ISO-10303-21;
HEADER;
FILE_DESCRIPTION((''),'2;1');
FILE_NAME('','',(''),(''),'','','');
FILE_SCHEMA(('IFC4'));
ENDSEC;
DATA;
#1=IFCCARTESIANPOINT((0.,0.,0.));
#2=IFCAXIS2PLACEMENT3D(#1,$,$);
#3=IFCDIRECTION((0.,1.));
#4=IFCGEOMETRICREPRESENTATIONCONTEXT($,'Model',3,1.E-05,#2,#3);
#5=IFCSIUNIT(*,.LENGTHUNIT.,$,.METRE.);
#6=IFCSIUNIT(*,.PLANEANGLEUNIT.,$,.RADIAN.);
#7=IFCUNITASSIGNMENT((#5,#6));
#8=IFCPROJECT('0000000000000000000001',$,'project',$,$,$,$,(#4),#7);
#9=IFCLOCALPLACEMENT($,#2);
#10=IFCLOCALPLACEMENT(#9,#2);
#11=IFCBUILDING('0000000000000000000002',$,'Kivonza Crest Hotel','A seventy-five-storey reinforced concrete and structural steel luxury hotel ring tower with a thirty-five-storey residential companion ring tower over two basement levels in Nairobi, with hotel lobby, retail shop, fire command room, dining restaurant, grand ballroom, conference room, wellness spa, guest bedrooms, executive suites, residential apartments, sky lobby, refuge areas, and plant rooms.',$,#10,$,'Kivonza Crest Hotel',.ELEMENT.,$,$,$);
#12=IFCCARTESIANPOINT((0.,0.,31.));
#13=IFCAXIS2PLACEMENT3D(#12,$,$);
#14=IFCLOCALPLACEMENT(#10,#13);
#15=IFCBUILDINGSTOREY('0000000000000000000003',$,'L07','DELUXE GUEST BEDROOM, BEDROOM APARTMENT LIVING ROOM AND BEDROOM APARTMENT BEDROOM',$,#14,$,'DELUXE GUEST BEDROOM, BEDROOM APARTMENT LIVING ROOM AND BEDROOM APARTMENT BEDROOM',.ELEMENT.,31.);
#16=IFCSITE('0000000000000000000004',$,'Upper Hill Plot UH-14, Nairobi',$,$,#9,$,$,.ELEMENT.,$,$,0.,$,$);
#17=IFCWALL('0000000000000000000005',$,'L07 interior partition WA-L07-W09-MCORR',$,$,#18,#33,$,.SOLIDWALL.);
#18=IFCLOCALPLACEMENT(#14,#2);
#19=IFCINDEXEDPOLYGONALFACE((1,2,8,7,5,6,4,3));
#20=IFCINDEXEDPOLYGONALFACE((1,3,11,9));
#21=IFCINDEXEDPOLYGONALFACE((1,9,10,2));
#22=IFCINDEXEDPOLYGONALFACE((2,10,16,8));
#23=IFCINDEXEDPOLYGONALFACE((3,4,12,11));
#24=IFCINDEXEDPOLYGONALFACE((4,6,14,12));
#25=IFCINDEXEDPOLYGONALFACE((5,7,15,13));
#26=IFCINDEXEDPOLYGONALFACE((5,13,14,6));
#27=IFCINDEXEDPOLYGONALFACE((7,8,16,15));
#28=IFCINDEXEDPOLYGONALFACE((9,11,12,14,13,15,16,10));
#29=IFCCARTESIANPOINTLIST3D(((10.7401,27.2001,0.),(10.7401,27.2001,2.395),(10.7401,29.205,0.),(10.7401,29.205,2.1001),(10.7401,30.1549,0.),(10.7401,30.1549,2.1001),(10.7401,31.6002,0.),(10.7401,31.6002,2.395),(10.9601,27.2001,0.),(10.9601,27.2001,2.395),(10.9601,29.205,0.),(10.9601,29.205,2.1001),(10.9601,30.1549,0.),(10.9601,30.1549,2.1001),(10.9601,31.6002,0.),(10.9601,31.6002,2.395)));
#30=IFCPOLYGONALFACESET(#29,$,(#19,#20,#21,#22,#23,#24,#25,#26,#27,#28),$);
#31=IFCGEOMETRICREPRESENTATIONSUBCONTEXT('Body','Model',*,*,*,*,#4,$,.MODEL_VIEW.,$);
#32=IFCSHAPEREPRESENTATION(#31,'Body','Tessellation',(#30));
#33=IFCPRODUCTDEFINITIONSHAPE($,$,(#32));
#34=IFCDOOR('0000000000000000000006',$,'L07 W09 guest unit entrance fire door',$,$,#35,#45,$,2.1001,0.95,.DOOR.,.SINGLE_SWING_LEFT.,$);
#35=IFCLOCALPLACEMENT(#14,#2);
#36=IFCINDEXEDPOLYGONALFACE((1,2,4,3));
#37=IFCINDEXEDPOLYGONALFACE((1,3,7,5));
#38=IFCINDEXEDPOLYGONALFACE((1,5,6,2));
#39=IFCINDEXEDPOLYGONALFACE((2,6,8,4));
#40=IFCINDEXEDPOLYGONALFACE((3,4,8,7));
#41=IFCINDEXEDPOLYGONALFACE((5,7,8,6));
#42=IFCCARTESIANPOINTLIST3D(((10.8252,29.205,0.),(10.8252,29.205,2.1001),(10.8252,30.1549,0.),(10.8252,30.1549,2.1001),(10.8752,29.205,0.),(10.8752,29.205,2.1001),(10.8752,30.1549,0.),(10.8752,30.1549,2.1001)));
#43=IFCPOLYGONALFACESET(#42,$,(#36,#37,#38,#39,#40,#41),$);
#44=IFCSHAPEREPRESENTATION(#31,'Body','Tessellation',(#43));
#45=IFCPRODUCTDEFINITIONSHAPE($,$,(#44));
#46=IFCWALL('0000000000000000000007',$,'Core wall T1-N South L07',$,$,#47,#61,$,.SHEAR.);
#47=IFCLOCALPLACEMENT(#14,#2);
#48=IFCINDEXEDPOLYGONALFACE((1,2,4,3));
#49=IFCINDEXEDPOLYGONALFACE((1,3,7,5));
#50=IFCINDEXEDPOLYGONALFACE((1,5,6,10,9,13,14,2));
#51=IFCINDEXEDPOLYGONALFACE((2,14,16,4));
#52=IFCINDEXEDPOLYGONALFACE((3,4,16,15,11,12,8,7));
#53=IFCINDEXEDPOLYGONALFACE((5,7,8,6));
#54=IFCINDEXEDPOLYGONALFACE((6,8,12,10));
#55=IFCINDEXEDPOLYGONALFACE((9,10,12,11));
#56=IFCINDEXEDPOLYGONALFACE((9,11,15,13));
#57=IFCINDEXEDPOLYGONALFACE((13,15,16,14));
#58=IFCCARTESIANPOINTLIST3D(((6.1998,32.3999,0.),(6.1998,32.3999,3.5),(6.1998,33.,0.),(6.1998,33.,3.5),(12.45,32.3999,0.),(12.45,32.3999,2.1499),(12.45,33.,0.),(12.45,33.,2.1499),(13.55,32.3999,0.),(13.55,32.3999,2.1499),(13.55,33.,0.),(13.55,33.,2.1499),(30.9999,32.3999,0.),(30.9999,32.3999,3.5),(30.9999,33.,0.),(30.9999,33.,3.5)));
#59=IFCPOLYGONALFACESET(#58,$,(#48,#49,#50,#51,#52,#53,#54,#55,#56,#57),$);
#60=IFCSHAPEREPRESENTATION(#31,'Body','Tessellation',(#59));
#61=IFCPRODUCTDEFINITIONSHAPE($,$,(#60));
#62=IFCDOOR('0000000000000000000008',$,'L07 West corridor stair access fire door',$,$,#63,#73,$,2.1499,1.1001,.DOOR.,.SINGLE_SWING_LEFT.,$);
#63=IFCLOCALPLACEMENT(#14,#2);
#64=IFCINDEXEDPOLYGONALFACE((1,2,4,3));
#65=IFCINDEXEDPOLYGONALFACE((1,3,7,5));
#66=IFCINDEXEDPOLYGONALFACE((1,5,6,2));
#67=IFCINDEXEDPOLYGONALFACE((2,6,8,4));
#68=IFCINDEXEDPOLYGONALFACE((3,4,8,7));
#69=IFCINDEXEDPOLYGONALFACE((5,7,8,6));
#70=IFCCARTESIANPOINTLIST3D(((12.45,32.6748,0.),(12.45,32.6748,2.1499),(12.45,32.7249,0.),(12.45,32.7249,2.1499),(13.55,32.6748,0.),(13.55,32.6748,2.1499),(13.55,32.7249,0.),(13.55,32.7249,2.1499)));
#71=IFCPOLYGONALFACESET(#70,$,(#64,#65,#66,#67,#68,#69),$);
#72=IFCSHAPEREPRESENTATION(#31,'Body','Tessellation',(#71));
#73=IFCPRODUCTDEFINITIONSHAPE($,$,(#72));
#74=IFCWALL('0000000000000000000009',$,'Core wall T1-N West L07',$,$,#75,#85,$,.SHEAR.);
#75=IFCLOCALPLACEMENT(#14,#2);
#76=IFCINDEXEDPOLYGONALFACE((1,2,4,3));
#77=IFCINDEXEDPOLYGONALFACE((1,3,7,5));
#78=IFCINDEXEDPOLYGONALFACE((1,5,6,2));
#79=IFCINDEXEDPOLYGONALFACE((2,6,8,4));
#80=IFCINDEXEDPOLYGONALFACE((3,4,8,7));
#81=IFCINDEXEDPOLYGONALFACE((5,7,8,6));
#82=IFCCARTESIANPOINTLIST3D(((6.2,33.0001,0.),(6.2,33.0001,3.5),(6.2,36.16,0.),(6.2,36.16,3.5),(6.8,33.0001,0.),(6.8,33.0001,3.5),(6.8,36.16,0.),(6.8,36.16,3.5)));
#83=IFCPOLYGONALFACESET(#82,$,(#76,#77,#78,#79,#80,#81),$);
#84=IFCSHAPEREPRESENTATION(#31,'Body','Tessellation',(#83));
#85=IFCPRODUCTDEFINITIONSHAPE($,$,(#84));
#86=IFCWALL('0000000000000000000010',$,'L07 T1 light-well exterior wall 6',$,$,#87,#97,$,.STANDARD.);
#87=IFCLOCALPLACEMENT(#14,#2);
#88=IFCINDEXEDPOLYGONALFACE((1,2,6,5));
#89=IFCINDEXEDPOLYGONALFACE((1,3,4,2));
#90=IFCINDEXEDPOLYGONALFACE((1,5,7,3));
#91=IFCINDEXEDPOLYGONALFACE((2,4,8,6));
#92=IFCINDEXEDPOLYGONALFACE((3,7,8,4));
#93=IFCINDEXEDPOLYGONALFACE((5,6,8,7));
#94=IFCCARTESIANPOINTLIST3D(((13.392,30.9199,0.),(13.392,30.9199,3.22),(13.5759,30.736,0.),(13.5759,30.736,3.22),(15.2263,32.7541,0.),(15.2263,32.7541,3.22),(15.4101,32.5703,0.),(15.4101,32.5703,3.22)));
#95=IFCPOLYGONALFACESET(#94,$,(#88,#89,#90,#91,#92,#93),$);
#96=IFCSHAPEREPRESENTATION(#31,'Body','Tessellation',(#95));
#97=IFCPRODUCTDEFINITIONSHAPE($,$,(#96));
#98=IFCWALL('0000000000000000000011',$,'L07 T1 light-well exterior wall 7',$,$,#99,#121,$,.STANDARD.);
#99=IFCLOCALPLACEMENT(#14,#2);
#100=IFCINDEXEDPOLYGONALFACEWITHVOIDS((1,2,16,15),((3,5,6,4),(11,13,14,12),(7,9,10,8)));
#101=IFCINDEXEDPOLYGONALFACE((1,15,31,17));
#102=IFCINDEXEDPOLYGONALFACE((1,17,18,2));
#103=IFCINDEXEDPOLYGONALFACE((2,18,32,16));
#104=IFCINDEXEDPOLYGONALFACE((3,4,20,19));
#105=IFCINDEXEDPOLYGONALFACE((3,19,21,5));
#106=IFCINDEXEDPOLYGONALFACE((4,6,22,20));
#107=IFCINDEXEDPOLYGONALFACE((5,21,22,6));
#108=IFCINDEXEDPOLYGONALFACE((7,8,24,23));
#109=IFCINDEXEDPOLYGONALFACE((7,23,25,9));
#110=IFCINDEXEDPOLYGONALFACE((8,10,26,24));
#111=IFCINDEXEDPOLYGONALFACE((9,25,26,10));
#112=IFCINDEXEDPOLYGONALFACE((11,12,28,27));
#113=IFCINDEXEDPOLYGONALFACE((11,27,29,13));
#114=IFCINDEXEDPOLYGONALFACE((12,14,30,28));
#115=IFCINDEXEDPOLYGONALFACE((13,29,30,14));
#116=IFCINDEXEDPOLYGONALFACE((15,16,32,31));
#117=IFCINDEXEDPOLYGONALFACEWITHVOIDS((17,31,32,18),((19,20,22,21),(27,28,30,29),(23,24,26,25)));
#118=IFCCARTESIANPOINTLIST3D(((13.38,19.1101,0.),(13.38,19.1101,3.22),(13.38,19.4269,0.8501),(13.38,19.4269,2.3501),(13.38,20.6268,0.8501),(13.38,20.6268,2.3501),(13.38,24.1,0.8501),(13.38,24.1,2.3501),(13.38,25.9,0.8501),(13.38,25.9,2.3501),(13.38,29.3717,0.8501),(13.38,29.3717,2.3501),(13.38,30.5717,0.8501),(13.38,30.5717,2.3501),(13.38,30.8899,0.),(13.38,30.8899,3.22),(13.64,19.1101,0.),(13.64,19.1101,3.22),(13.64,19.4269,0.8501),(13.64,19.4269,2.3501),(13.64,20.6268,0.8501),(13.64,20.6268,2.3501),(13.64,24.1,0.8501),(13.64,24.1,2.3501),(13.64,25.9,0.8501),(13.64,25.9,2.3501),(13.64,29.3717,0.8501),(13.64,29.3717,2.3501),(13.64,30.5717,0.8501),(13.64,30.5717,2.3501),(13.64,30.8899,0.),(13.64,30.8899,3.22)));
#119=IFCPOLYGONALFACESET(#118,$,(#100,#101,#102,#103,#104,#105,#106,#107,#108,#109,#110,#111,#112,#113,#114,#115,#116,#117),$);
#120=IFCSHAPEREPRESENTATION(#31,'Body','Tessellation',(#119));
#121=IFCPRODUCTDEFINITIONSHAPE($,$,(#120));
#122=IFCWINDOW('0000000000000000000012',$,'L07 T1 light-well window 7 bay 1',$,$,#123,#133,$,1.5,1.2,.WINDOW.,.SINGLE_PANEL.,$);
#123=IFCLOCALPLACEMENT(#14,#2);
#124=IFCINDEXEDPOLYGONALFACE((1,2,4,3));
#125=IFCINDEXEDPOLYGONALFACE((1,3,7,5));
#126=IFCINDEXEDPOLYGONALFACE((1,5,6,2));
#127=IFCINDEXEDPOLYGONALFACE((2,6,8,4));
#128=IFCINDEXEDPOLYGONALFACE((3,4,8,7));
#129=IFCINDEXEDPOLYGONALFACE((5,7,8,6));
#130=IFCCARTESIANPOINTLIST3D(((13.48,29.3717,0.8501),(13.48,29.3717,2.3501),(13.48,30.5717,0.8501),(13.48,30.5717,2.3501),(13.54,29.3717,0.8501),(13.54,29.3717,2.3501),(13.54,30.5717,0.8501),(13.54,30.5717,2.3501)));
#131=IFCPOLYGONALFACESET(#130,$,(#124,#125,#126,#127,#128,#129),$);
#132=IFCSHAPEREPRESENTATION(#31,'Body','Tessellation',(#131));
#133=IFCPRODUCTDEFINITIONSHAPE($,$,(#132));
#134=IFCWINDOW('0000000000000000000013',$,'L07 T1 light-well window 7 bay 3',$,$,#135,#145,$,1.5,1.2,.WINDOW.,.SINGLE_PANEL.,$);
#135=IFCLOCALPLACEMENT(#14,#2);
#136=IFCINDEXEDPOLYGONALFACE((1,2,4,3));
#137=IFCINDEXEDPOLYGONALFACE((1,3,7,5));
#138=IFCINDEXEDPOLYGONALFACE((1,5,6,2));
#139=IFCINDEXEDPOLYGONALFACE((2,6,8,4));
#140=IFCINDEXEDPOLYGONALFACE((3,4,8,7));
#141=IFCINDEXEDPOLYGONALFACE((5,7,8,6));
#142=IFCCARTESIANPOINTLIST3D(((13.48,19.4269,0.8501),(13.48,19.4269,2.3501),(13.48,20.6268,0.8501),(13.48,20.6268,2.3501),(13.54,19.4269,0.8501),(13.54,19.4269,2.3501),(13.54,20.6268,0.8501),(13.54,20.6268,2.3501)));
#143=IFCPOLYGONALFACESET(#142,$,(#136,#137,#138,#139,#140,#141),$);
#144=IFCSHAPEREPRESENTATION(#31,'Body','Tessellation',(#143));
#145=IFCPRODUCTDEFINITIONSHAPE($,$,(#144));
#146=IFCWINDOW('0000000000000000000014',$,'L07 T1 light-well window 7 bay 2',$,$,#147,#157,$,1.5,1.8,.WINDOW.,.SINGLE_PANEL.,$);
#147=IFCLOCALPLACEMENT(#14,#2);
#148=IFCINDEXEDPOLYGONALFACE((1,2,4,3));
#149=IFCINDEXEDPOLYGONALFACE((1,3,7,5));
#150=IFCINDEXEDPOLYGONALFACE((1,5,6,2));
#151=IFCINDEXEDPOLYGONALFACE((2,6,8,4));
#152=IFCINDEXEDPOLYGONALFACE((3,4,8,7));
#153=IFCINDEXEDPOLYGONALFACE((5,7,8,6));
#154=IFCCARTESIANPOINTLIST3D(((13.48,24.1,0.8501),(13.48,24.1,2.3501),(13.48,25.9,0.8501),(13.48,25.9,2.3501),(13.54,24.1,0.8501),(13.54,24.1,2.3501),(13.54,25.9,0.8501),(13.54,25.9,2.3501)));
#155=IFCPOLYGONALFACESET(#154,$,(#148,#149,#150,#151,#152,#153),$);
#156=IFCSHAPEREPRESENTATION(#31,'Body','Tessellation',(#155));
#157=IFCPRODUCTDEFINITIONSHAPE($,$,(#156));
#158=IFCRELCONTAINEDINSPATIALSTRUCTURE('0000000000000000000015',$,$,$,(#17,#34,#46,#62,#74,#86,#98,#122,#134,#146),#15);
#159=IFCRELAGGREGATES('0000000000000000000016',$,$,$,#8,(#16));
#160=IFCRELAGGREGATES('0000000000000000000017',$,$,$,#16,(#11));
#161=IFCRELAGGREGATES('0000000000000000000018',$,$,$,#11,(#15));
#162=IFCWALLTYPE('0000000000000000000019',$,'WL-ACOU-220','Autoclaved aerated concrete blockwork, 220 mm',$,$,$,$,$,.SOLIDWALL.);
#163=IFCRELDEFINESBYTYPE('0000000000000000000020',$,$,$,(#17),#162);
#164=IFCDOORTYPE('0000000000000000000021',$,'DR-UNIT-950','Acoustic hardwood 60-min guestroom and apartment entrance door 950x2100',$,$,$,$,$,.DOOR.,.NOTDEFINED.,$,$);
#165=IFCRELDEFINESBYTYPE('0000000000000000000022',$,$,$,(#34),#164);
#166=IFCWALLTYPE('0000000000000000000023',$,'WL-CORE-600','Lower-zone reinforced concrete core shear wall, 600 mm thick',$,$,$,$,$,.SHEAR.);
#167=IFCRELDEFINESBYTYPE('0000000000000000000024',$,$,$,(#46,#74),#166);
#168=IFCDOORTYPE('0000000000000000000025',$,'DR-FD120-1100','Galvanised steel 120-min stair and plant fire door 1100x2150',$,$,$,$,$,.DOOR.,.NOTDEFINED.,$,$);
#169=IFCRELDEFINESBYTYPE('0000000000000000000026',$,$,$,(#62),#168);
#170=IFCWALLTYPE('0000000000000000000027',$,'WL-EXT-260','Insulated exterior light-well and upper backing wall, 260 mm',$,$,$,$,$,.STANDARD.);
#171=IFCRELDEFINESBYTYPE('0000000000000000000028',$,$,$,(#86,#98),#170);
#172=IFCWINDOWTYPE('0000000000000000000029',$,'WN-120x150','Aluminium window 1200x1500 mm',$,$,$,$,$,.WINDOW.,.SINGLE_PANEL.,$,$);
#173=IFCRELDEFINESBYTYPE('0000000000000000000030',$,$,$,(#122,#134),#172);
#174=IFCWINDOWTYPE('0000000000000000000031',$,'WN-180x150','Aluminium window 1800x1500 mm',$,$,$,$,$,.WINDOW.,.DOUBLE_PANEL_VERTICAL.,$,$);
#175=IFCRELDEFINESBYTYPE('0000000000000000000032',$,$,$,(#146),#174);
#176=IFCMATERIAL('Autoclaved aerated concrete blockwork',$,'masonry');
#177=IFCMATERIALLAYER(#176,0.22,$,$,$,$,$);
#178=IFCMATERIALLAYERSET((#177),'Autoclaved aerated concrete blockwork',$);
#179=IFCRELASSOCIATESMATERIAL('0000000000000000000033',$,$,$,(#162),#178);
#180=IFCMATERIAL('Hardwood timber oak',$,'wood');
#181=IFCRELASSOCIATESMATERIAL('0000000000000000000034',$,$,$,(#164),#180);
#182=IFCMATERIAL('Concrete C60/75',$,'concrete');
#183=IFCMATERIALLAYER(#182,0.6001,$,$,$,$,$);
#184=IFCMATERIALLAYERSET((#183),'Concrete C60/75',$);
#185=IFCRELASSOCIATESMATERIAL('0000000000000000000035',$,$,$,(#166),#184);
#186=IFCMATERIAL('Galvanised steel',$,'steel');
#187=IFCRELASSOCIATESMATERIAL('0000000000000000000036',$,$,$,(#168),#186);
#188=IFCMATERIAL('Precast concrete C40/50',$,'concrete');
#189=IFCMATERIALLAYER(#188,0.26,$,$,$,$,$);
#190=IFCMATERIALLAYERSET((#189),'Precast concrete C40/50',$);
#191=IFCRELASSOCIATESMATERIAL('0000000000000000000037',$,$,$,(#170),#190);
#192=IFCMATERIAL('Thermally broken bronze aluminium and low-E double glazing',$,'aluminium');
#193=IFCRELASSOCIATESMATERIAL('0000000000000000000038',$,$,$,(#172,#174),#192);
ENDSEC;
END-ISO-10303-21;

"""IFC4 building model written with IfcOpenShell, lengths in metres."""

from ifc_helpers import new_model, si_unit, direction, frame, frame_2d, origin, place, context, subcontext, project, spatial, rectangle, extrude, material, layer, layer_set, type_object, element, fill, save


model = new_model("IFC4")

# Units and contexts
model_context = context("Model", 3, precision=1e-05, world=origin(), true_north=direction((0.0, 1.0)))
body_context = subcontext(model_context, "Body", "Model", "MODEL_VIEW")
ifc_project = project(units=[si_unit("LENGTHUNIT", "METRE"), si_unit("PLANEANGLEUNIT", "RADIAN")], contexts=[model_context])

# Site, building, storey
site_placement = place(None, origin())
site = spatial("IfcSite", under=ifc_project, at=site_placement, Name="Upper Hill Plot UH-14, Nairobi", CompositionType="ELEMENT", RefElevation=0.0)
building_placement = place(site_placement, origin())
building = spatial("IfcBuilding", under=site, at=building_placement, Name="Kivonza Crest Hotel", Description="A seventy-five-storey reinforced concrete and structural steel luxury hotel ring tower with a thirty-five-storey residential companion ring tower over two basement levels in Nairobi, with hotel lobby, retail shop, fire command room, dining restaurant, grand ballroom, conference room, wellness spa, guest bedrooms, executive suites, residential apartments, sky lobby, refuge areas, and plant rooms.", LongName="Kivonza Crest Hotel", CompositionType="ELEMENT")
storey_placement = place(building_placement, frame((0.0, 0.0, 31.0)))
storey = spatial("IfcBuildingStorey", under=building, at=storey_placement, Name="L07", Description="DELUXE GUEST BEDROOM, BEDROOM APARTMENT LIVING ROOM AND BEDROOM APARTMENT BEDROOM", LongName="DELUXE GUEST BEDROOM, BEDROOM APARTMENT LIVING ROOM AND BEDROOM APARTMENT BEDROOM", CompositionType="ELEMENT", Elevation=31.0)

# Shared definitions
ifc_material_1 = material(Name="Concrete C60/75", Category="concrete")

# Shared definitions
ifc_material_2 = material(Name="Autoclaved aerated concrete blockwork", Category="masonry")
ifc_layer_1 = layer(ifc_material_2, 0.22)
ifc_layer_set_1 = layer_set([ifc_layer_1], Name="Autoclaved aerated concrete blockwork")
wall_type_1 = type_object("IfcWallType", Name="WL-ACOU-220", Description="Autoclaved aerated concrete blockwork, 220 mm", PredefinedType="SOLIDWALL", material=ifc_layer_set_1)

# Walls, openings, doors
wall_1_placement = place(storey_placement, frame((10.8501, 27.2, 0.0), z_axis=(0.0, 0.0, 1.0), x_axis=(0.0, 1.0, 0.0)))
wall_1 = element("IfcWall", 1, at=wall_1_placement, inside=storey, type_object=wall_type_1, Name="L07 interior partition WA-L07-W09-MCORR", PredefinedType="SOLIDWALL", context=body_context, shape_type="SweptSolid", body=[
    extrude(rectangle(XDim=4.4001, YDim=0.22, at=frame_2d((2.2002, 0.0))), origin(), (0.0, 0.0, 1.0), 2.395),
])
opening_1_placement = place(wall_1_placement, frame((2.0049, 0.0, 0.0)))
opening_1 = element("IfcOpeningElement", 2, at=opening_1_placement, cuts=wall_1, PredefinedType="OPENING", context=body_context, shape_type="SweptSolid", body=[
    extrude(rectangle(XDim=0.95, YDim=2.1001, at=frame_2d((0.4751, 1.05))), frame((0.0, 0.1201, 0.0), z_axis=(0.0, -1.0, 0.0), x_axis=(1.0, 0.0, 0.0)), (0.0, 0.0, 1.0), 0.24),
])
ifc_material_3 = material(Name="Hardwood timber oak", Category="wood")
door_type_1 = type_object("IfcDoorType", Name="DR-UNIT-950", Description="Acoustic hardwood 60-min guestroom and apartment entrance door 950x2100", OperationType="NOTDEFINED", PredefinedType="DOOR", material=ifc_material_3)
door_1_placement = place(opening_1_placement, origin())
door_1 = element("IfcDoor", 3, at=door_1_placement, inside=storey, type_object=door_type_1, Name="L07 W09 guest unit entrance fire door", OperationType="SINGLE_SWING_LEFT", OverallHeight=2.1001, OverallWidth=0.95, PredefinedType="DOOR", context=body_context, shape_type="SweptSolid", body=[
    extrude(rectangle(XDim=0.95, YDim=2.1001, at=frame_2d((0.4751, 1.05))), frame((0.0, 0.0249, 0.0), z_axis=(0.0, -1.0, 0.0), x_axis=(1.0, 0.0, 0.0)), (0.0, 0.0, 1.0), 0.05),
])
fill(opening_1, door_1)
ifc_layer_2 = layer(ifc_material_1, 0.6001)
ifc_layer_set_2 = layer_set([ifc_layer_2], Name="Concrete C60/75")
wall_type_2 = type_object("IfcWallType", Name="WL-CORE-600", Description="Lower-zone reinforced concrete core shear wall, 600 mm thick", PredefinedType="SHEAR", material=ifc_layer_set_2)
wall_2_placement = place(storey_placement, frame((6.2, 32.7, 0.0), z_axis=(0.0, 0.0, 1.0), x_axis=(1.0, 0.0, 0.0)))
wall_2 = element("IfcWall", 4, at=wall_2_placement, inside=storey, type_object=wall_type_2, Name="Core wall T1-N South L07", PredefinedType="SHEAR", context=body_context, shape_type="SweptSolid", body=[
    extrude(rectangle(XDim=24.8, YDim=0.6001, at=frame_2d((12.3999, 0.0))), origin(), (0.0, 0.0, 1.0), 3.5),
])
opening_2_placement = place(wall_2_placement, frame((6.25, 0.0, 0.0)))
opening_2 = element("IfcOpeningElement", 5, at=opening_2_placement, cuts=wall_2, PredefinedType="OPENING", context=body_context, shape_type="SweptSolid", body=[
    extrude(rectangle(XDim=1.1001, YDim=2.1499, at=frame_2d((0.55, 1.075))), frame((0.0, 0.3101, 0.0), z_axis=(0.0, -1.0, 0.0), x_axis=(1.0, 0.0, 0.0)), (0.0, 0.0, 1.0), 0.6201),
])
ifc_material_4 = material(Name="Galvanised steel", Category="steel")
door_type_2 = type_object("IfcDoorType", Name="DR-FD120-1100", Description="Galvanised steel 120-min stair and plant fire door 1100x2150", OperationType="NOTDEFINED", PredefinedType="DOOR", material=ifc_material_4)
door_2_placement = place(opening_2_placement, origin())
door_2 = element("IfcDoor", 6, at=door_2_placement, inside=storey, type_object=door_type_2, Name="L07 West corridor stair access fire door", OperationType="SINGLE_SWING_LEFT", OverallHeight=2.1499, OverallWidth=1.1001, PredefinedType="DOOR", context=body_context, shape_type="SweptSolid", body=[
    extrude(rectangle(XDim=1.1001, YDim=2.1499, at=frame_2d((0.55, 1.075))), frame((0.0, 0.0249, 0.0), z_axis=(0.0, -1.0, 0.0), x_axis=(1.0, 0.0, 0.0)), (0.0, 0.0, 1.0), 0.05),
])
fill(opening_2, door_2)

# Walls
wall_3_placement = place(storey_placement, frame((6.5, 33.0, 0.0), z_axis=(0.0, 0.0, 1.0), x_axis=(0.0, 1.0, 0.0)))
element("IfcWall", 7, at=wall_3_placement, inside=storey, type_object=wall_type_2, Name="Core wall T1-N West L07", PredefinedType="SHEAR", context=body_context, shape_type="SweptSolid", body=[
    extrude(rectangle(XDim=3.1599, YDim=0.6001, at=frame_2d((1.5801, 0.0))), origin(), (0.0, 0.0, 1.0), 3.5),
])
ifc_material_5 = material(Name="Precast concrete C40/50", Category="concrete")
ifc_layer_3 = layer(ifc_material_5, 0.26)
ifc_layer_set_3 = layer_set([ifc_layer_3], Name="Precast concrete C40/50")
wall_type_3 = type_object("IfcWallType", Name="WL-EXT-260", Description="Insulated exterior light-well and upper backing wall, 260 mm", PredefinedType="STANDARD", material=ifc_layer_set_3)
wall_4_placement = place(storey_placement, frame((15.3181, 32.6621, 0.0), z_axis=(0.0, 0.0, 1.0), x_axis=(-0.707107, -0.707107, 0.0)))
element("IfcWall", 8, at=wall_4_placement, inside=storey, type_object=wall_type_3, Name="L07 T1 light-well exterior wall 6", PredefinedType="STANDARD", context=body_context, shape_type="SweptSolid", body=[
    extrude(rectangle(XDim=2.594, YDim=0.26, at=frame_2d((1.2969, 0.0))), origin(), (0.0, 0.0, 1.0), 3.22),
])

# Wall, openings, windows
wall_5_placement = place(storey_placement, frame((13.51, 30.8899, 0.0), z_axis=(0.0, 0.0, 1.0), x_axis=(0.0, -1.0, 0.0)))
wall_5 = element("IfcWall", 9, at=wall_5_placement, inside=storey, type_object=wall_type_3, Name="L07 T1 light-well exterior wall 7", PredefinedType="STANDARD", context=body_context, shape_type="SweptSolid", body=[
    extrude(rectangle(XDim=11.7798, YDim=0.26, at=frame_2d((5.8899, 0.0))), origin(), (0.0, 0.0, 1.0), 3.22),
])
opening_3_placement = place(wall_5_placement, frame((0.3181, 0.0, 0.8501)))
opening_3 = element("IfcOpeningElement", 10, at=opening_3_placement, cuts=wall_5, PredefinedType="OPENING", context=body_context, shape_type="SweptSolid", body=[
    extrude(rectangle(XDim=1.2, YDim=1.5, at=frame_2d((0.6001, 0.75))), frame((0.0, 0.1401, 0.0), z_axis=(0.0, -1.0, 0.0), x_axis=(1.0, 0.0, 0.0)), (0.0, 0.0, 1.0), 0.28),
])
opening_4_placement = place(wall_5_placement, frame((4.99, 0.0, 0.8501)))
opening_4 = element("IfcOpeningElement", 11, at=opening_4_placement, cuts=wall_5, PredefinedType="OPENING", context=body_context, shape_type="SweptSolid", body=[
    extrude(rectangle(XDim=1.8, YDim=1.5, at=frame_2d((0.8999, 0.75))), frame((0.0, 0.1401, 0.0), z_axis=(0.0, -1.0, 0.0), x_axis=(1.0, 0.0, 0.0)), (0.0, 0.0, 1.0), 0.28),
])
opening_5_placement = place(wall_5_placement, frame((10.2629, 0.0, 0.8501)))
opening_5 = element("IfcOpeningElement", 12, at=opening_5_placement, cuts=wall_5, PredefinedType="OPENING", context=body_context, shape_type="SweptSolid", body=[
    extrude(rectangle(XDim=1.2, YDim=1.5, at=frame_2d((0.6001, 0.75))), frame((0.0, 0.1401, 0.0), z_axis=(0.0, -1.0, 0.0), x_axis=(1.0, 0.0, 0.0)), (0.0, 0.0, 1.0), 0.28),
])
ifc_material_6 = material(Name="Thermally broken bronze aluminium and low-E double glazing", Category="aluminium")
window_type_1 = type_object("IfcWindowType", Name="WN-120x150", Description="Aluminium window 1200x1500 mm", PartitioningType="SINGLE_PANEL", PredefinedType="WINDOW", material=ifc_material_6)
window_1_placement = place(opening_3_placement, origin())
window_1 = element("IfcWindow", 13, at=window_1_placement, inside=storey, type_object=window_type_1, Name="L07 T1 light-well window 7 bay 1", OverallHeight=1.5, OverallWidth=1.2, PartitioningType="SINGLE_PANEL", PredefinedType="WINDOW", context=body_context, shape_type="SweptSolid", body=[
    extrude(rectangle(XDim=1.2, YDim=1.5, at=frame_2d((0.6001, 0.75))), frame((0.0, 0.03, 0.0), z_axis=(0.0, -1.0, 0.0), x_axis=(1.0, 0.0, 0.0)), (0.0, 0.0, 1.0), 0.0601),
])
fill(opening_3, window_1)
window_2_placement = place(opening_5_placement, origin())
window_2 = element("IfcWindow", 14, at=window_2_placement, inside=storey, type_object=window_type_1, Name="L07 T1 light-well window 7 bay 3", OverallHeight=1.5, OverallWidth=1.2, PartitioningType="SINGLE_PANEL", PredefinedType="WINDOW", context=body_context, shape_type="SweptSolid", body=[
    extrude(rectangle(XDim=1.2, YDim=1.5, at=frame_2d((0.6001, 0.75))), frame((0.0, 0.03, 0.0), z_axis=(0.0, -1.0, 0.0), x_axis=(1.0, 0.0, 0.0)), (0.0, 0.0, 1.0), 0.0601),
])
fill(opening_5, window_2)
window_type_2 = type_object("IfcWindowType", Name="WN-180x150", Description="Aluminium window 1800x1500 mm", PartitioningType="DOUBLE_PANEL_VERTICAL", PredefinedType="WINDOW", material=ifc_material_6)
window_3_placement = place(opening_4_placement, origin())
window_3 = element("IfcWindow", 15, at=window_3_placement, inside=storey, type_object=window_type_2, Name="L07 T1 light-well window 7 bay 2", OverallHeight=1.5, OverallWidth=1.8, PartitioningType="SINGLE_PANEL", PredefinedType="WINDOW", context=body_context, shape_type="SweptSolid", body=[
    extrude(rectangle(XDim=1.8, YDim=1.5, at=frame_2d((0.8999, 0.75))), frame((0.0, 0.03, 0.0), z_axis=(0.0, -1.0, 0.0), x_axis=(1.0, 0.0, 0.0)), (0.0, 0.0, 1.0), 0.0601),
])
fill(opening_4, window_3)

save(model, "model.ifc")
